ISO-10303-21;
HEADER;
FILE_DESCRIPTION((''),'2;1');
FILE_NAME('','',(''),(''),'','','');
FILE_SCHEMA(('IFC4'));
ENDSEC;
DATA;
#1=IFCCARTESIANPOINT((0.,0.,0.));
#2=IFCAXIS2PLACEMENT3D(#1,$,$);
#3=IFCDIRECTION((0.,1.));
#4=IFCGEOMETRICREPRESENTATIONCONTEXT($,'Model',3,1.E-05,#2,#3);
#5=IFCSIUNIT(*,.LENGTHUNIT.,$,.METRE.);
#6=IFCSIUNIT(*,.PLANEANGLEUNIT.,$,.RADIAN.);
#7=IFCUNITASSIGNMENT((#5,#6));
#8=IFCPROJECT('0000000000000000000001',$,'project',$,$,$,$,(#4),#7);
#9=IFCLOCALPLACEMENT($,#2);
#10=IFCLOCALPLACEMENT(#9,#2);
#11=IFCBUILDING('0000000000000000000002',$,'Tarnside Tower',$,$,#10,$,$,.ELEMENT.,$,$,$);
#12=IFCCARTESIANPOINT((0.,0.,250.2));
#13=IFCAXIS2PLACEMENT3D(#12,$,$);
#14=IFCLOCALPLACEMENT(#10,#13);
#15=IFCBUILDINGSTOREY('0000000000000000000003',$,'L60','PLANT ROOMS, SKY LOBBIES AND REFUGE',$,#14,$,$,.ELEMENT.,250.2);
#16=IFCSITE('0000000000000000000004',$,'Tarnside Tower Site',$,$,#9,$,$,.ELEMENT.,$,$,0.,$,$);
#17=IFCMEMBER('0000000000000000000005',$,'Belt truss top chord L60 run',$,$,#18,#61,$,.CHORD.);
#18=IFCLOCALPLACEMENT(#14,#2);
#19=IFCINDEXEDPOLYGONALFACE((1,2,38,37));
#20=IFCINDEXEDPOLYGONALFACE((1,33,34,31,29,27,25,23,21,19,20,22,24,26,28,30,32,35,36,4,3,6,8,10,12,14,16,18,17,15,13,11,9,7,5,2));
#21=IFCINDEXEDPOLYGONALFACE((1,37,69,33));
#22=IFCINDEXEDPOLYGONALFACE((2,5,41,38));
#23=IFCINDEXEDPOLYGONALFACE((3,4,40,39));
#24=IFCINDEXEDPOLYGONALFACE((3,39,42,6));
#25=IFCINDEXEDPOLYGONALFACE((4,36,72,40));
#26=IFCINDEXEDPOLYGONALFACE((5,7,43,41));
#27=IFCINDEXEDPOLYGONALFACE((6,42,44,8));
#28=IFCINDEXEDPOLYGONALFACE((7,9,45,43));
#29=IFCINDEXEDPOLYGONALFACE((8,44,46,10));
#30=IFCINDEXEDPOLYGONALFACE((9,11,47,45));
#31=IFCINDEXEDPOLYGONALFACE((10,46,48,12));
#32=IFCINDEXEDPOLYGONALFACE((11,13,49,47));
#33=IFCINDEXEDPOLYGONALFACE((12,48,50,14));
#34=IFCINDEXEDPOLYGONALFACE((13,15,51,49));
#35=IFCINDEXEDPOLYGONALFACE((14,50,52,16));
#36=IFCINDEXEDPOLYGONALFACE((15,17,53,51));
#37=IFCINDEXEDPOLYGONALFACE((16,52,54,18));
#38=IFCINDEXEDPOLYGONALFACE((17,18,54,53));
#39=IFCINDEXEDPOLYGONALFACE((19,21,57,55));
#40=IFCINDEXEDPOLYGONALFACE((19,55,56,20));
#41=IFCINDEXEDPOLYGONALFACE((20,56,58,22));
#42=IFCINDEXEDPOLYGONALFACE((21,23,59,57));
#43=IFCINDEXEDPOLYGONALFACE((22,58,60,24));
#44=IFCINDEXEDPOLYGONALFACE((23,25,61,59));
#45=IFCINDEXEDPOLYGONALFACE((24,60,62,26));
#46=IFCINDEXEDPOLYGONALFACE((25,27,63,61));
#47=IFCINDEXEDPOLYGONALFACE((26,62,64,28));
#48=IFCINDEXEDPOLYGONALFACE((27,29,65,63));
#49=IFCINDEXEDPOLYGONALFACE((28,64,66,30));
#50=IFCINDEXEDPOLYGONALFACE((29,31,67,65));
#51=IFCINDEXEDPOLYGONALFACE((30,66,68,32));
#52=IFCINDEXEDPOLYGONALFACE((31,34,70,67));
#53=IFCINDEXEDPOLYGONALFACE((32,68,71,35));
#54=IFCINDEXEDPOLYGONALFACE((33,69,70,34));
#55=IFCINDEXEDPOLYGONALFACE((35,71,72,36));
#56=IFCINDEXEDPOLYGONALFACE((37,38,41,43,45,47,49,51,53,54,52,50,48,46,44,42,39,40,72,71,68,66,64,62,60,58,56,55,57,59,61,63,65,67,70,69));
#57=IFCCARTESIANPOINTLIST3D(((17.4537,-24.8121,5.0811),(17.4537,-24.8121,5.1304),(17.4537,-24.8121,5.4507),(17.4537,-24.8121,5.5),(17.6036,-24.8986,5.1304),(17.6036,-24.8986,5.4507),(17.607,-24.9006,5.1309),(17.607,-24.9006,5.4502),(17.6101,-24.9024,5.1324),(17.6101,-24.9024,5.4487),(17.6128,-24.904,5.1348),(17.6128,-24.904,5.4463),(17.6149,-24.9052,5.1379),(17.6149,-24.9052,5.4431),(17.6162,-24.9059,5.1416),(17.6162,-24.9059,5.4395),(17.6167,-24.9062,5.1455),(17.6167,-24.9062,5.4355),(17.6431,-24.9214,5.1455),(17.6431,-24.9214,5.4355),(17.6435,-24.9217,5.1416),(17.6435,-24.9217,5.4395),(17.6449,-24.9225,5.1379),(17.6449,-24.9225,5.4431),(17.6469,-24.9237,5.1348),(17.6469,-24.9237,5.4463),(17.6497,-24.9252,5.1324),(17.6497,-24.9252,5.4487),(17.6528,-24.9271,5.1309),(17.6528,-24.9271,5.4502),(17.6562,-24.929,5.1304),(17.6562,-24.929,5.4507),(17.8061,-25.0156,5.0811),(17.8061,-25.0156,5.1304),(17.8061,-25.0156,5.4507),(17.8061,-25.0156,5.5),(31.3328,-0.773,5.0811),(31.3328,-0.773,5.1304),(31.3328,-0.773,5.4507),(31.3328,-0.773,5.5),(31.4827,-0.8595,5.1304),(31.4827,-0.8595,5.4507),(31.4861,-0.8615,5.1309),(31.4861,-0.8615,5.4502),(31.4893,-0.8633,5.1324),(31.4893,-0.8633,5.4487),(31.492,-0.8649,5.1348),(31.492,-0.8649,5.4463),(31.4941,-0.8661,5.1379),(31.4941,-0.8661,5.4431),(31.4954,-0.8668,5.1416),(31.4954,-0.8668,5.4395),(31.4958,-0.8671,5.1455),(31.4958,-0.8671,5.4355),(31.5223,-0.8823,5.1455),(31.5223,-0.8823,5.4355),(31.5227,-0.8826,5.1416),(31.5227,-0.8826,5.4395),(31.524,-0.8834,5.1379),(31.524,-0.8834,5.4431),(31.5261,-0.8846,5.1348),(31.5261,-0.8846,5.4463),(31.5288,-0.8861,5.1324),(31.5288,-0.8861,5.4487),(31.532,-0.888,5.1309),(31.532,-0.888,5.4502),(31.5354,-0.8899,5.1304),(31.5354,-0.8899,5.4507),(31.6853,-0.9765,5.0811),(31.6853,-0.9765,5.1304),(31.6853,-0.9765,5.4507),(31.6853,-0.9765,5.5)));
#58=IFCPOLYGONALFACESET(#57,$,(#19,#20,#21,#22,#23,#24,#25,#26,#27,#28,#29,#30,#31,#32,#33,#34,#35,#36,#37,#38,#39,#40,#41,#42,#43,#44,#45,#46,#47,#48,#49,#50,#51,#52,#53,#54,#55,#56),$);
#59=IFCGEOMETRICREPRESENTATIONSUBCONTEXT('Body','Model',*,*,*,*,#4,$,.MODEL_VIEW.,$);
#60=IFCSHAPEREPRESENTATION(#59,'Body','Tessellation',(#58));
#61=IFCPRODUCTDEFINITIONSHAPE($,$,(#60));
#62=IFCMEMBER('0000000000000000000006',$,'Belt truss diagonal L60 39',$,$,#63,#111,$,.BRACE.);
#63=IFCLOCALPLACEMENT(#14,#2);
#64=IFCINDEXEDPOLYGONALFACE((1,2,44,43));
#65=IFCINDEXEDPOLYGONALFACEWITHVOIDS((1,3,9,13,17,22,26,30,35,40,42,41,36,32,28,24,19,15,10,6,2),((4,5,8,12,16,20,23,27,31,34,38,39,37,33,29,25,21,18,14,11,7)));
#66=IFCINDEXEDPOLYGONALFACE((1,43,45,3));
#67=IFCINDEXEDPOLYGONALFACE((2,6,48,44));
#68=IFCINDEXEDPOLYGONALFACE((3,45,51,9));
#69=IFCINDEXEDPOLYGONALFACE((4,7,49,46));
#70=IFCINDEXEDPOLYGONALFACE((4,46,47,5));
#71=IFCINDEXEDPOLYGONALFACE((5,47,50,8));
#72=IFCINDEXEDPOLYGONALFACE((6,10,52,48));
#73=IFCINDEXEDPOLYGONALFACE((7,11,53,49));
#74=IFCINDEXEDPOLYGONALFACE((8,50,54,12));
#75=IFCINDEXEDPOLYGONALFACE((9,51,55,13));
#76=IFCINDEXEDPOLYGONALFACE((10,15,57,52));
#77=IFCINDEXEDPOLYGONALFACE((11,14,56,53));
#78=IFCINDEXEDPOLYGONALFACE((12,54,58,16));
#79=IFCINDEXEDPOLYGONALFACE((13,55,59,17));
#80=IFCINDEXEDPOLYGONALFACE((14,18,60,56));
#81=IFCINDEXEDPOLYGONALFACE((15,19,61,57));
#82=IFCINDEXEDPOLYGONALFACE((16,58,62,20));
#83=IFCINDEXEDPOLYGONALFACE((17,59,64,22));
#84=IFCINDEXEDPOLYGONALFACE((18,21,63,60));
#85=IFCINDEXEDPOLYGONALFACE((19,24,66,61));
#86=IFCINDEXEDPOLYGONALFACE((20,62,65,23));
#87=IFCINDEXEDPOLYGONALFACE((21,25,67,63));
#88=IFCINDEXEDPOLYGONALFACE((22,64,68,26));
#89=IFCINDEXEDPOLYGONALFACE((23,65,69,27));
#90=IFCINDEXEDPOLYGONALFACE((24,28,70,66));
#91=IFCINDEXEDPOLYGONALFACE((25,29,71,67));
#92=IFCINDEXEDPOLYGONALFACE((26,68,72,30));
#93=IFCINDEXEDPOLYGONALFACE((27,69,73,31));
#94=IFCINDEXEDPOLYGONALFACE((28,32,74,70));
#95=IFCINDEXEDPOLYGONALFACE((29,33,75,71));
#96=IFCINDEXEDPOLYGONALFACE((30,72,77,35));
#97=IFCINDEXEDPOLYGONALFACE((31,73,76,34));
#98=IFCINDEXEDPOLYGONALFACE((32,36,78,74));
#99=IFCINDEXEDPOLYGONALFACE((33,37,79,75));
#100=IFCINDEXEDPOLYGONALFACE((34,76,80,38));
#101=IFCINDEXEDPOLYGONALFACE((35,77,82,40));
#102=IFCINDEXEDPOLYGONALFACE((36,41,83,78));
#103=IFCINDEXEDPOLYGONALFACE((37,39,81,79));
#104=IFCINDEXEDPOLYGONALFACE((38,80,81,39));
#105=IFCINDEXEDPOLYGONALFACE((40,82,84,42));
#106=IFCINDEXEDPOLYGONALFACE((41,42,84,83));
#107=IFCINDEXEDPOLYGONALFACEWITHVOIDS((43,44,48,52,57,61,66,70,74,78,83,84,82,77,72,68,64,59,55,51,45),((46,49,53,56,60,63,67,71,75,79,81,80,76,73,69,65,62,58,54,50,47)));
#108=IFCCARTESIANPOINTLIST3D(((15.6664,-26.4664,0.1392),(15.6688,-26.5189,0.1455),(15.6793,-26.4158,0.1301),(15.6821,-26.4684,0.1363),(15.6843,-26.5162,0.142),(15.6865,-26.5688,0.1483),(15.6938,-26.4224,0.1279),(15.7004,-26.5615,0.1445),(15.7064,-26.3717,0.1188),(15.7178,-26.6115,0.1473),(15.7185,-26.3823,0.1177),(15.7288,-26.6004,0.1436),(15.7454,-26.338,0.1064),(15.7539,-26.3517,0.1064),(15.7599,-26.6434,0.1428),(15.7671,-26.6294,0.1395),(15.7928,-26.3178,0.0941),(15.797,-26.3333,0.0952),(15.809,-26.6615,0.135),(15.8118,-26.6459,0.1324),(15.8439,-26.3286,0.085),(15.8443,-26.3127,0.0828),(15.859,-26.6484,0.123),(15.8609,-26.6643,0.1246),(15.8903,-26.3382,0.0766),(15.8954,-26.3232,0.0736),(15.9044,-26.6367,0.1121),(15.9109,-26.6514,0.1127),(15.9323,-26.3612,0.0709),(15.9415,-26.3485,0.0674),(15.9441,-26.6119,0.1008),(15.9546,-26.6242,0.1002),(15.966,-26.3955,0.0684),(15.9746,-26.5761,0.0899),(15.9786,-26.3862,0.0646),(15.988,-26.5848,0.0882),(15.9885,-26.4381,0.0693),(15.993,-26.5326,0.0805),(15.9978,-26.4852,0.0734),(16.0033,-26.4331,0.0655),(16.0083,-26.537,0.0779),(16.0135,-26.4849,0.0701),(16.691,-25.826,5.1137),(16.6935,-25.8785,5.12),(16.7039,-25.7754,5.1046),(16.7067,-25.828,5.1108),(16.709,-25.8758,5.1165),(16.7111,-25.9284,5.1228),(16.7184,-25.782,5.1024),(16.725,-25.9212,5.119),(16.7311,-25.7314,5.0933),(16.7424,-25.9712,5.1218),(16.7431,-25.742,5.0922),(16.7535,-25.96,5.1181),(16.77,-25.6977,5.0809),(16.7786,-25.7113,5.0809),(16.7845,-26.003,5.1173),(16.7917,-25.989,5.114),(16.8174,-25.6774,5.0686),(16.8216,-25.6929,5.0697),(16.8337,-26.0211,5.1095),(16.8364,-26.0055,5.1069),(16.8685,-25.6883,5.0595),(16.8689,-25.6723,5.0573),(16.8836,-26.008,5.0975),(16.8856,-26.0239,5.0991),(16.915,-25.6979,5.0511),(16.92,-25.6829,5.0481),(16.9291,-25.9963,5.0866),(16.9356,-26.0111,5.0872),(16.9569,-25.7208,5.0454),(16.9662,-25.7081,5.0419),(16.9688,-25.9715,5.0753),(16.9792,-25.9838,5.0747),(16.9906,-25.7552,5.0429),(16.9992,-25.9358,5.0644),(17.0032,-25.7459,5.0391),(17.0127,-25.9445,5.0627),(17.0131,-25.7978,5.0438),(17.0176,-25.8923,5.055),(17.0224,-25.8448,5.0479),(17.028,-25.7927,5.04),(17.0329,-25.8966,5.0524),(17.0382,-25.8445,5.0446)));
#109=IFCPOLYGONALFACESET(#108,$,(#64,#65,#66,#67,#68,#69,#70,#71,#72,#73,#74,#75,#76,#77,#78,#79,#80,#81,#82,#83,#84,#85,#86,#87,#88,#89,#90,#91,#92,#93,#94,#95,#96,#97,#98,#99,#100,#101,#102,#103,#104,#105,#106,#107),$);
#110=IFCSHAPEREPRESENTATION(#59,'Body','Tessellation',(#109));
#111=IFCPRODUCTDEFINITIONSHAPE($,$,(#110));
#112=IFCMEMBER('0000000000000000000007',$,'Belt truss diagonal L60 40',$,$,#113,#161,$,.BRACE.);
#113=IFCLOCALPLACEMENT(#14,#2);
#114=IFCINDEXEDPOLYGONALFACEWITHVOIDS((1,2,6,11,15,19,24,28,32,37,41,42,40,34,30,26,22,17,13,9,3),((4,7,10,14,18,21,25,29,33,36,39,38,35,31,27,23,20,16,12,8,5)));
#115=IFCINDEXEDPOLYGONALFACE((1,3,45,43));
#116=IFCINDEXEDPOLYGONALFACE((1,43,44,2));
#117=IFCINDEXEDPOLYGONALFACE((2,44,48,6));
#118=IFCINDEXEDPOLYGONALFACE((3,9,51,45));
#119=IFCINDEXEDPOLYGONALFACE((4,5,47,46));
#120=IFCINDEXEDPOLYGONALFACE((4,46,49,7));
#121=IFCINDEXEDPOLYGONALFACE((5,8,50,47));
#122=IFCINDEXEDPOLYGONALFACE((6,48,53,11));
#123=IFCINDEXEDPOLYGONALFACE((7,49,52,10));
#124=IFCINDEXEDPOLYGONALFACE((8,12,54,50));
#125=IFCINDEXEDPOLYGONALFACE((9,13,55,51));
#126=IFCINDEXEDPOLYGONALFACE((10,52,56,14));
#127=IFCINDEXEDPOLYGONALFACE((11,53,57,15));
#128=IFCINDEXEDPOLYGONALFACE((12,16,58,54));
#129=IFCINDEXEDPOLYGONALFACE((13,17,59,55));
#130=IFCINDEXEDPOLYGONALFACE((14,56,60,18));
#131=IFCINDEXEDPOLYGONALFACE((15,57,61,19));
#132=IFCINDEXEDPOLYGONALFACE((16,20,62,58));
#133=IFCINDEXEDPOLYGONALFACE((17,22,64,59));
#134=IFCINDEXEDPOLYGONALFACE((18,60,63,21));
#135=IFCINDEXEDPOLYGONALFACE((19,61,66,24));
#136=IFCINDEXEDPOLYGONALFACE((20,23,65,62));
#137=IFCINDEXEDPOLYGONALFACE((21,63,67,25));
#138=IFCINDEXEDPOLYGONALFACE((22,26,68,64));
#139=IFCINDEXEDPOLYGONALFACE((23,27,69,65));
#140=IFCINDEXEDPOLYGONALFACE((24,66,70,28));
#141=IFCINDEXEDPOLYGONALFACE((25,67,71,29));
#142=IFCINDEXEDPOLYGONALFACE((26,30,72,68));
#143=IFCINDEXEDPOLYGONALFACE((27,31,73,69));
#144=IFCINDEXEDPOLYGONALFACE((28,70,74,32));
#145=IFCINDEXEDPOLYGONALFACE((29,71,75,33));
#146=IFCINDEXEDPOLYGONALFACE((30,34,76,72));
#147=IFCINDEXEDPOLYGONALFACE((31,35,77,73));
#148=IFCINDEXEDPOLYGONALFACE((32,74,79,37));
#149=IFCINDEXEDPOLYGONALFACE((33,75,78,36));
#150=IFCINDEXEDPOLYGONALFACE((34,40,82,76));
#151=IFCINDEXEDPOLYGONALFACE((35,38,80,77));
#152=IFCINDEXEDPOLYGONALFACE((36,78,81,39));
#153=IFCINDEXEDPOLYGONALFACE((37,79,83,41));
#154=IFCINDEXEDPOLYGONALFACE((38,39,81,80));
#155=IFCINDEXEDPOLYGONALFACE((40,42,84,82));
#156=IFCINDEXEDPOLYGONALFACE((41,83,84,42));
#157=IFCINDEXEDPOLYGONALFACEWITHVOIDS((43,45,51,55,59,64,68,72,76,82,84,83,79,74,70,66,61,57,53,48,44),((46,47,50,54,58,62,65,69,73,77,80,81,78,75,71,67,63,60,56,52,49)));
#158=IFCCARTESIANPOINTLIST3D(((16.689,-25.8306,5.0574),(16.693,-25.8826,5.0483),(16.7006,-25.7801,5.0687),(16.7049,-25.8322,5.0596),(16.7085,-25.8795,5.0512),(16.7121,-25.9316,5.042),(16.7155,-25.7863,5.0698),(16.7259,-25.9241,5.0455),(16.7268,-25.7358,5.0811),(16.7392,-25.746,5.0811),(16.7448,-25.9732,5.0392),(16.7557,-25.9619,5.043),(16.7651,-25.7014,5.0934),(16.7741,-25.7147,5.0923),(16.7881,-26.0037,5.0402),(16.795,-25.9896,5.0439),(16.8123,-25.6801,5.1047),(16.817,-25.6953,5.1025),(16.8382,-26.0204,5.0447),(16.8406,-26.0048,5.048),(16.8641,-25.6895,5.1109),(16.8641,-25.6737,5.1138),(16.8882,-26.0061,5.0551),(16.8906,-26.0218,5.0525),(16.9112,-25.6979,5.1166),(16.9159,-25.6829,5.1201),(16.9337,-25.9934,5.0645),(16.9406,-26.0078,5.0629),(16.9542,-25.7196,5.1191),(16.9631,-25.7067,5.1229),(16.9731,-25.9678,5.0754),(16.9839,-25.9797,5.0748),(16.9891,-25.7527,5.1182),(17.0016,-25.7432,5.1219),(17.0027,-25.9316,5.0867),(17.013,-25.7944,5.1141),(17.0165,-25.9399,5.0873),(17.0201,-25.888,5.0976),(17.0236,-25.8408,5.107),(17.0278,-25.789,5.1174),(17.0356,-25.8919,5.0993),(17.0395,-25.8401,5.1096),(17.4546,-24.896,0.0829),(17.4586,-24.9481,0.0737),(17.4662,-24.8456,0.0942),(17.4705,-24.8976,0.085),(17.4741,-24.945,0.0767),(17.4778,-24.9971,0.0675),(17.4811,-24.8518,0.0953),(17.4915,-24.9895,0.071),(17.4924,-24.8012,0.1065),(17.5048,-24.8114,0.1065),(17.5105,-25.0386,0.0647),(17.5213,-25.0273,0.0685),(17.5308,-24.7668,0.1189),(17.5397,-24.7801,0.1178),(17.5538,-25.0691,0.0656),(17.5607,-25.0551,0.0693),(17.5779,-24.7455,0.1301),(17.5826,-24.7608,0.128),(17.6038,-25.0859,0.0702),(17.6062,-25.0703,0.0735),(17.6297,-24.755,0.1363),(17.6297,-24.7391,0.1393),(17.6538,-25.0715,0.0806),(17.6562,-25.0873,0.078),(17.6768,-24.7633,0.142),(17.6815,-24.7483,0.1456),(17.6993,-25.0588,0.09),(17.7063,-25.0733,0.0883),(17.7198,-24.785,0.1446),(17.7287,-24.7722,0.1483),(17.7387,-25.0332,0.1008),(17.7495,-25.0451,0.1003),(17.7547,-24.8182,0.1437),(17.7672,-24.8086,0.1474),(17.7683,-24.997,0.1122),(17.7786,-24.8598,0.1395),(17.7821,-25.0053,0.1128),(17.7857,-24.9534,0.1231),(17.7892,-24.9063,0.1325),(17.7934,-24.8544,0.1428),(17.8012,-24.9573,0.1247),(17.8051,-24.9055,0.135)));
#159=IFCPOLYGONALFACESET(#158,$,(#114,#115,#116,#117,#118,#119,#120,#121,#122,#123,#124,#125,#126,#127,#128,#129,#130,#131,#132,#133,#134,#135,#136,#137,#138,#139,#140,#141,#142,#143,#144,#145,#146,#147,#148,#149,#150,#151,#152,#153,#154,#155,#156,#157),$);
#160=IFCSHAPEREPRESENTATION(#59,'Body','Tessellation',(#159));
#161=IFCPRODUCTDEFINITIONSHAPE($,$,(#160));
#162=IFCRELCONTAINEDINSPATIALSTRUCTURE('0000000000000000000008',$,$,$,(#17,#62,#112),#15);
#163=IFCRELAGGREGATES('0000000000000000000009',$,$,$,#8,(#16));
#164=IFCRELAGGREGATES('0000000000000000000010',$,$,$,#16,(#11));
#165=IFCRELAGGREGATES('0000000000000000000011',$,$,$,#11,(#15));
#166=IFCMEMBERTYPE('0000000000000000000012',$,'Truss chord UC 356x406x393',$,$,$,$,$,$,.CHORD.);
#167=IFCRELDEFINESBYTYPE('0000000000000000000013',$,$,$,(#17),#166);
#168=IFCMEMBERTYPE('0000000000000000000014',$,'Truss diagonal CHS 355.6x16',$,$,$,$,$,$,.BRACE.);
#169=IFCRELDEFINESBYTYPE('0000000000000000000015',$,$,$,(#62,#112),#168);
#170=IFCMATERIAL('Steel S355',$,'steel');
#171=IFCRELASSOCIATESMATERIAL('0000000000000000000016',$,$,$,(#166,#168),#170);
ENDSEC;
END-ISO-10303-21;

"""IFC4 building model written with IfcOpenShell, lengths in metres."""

from ifc_helpers import new_model, si_unit, direction, frame, origin, origin_2d, place, context, subcontext, project, spatial, hollow_circle, i_section, extrude, material, material_profile, profile_set, type_object, element, save


model = new_model("IFC4")

# Units and contexts
model_context = context("Model", 3, precision=1e-05, world=origin(), true_north=direction((0.0, 1.0)))
body_context = subcontext(model_context, "Body", "Model", "MODEL_VIEW")
ifc_project = project(units=[si_unit("LENGTHUNIT", "METRE"), si_unit("PLANEANGLEUNIT", "RADIAN")], contexts=[model_context])

# Site, building, storey
site_placement = place(None, origin())
site = spatial("IfcSite", under=ifc_project, at=site_placement, Name="Tarnside Tower Site", CompositionType="ELEMENT", RefElevation=0.0)
building_placement = place(site_placement, origin())
building = spatial("IfcBuilding", under=site, at=building_placement, Name="Tarnside Tower", CompositionType="ELEMENT")
storey_placement = place(building_placement, frame((0.0, 0.0, 250.2)))
storey = spatial("IfcBuildingStorey", under=building, at=storey_placement, Name="L60", Description="PLANT ROOMS, SKY LOBBIES AND REFUGE", CompositionType="ELEMENT", Elevation=250.2)

# Shared definitions
ifc_material_1 = material(Name="Steel S355", Category="steel")

# Members
ifc_material_profile_1 = material_profile(ifc_material_1, i_section(OverallWidth=0.407, OverallDepth=0.4189, WebThickness=0.0305, FlangeThickness=0.0493, FilletRadius=0.0151, at=origin_2d()), Name="UC 356x406x393")
ifc_profile_set_1 = profile_set([ifc_material_profile_1], Name="Steel S355")
member_type_1 = type_object("IfcMemberType", Name="Truss chord UC 356x406x393", PredefinedType="CHORD", material=ifc_profile_set_1)
member_1_placement = place(storey_placement, frame((17.6299, -24.9138, 5.2905), z_axis=(0.500005, 0.866022, 0.0), x_axis=(-0.866022, 0.500005, 0.0)))
element("IfcMember", 1, at=member_1_placement, inside=storey, type_object=member_type_1, Name="Belt truss top chord L60 run", PredefinedType="CHORD", context=body_context, shape_type="SweptSolid", body=[
    extrude(i_section(OverallWidth=0.407, OverallDepth=0.4189, WebThickness=0.0305, FlangeThickness=0.0493, FilletRadius=0.0151, at=origin_2d()), origin(), (0.0, 0.0, 1.0), 27.7581),
])
ifc_material_profile_2 = material_profile(ifc_material_1, hollow_circle(Radius=0.1777, WallThickness=0.0161, at=origin_2d()), Name="CHS 355.6x16")
ifc_profile_set_2 = profile_set([ifc_material_profile_2], Name="Steel S355")
member_type_2 = type_object("IfcMemberType", Name="Truss diagonal CHS 355.6x16", PredefinedType="BRACE", material=ifc_profile_set_2)
for number, where, z_axis, x_axis, name in (
    (2, (15.8396, -26.4888, 0.1064), (0.200158, 0.125093, 0.971745), (-0.529981, 0.84801, 0.0), "Belt truss diagonal L60 39"),
    (3, (16.8643, -25.8484, 5.0811), (0.149559, 0.182561, -0.971753), (-0.773561, 0.633722, 0.0), "Belt truss diagonal L60 40"),
):
    element("IfcMember", number, at=place(storey_placement, frame(where, z_axis=z_axis, x_axis=x_axis)), inside=storey, type_object=member_type_2, Name=name, PredefinedType="BRACE", context=body_context, shape_type="SweptSolid", body=[
        extrude(hollow_circle(Radius=0.1777, WallThickness=0.0161, at=origin_2d()), origin(), (0.0, 0.0, 1.0), 5.1191),
    ])

save(model, "model.ifc")
